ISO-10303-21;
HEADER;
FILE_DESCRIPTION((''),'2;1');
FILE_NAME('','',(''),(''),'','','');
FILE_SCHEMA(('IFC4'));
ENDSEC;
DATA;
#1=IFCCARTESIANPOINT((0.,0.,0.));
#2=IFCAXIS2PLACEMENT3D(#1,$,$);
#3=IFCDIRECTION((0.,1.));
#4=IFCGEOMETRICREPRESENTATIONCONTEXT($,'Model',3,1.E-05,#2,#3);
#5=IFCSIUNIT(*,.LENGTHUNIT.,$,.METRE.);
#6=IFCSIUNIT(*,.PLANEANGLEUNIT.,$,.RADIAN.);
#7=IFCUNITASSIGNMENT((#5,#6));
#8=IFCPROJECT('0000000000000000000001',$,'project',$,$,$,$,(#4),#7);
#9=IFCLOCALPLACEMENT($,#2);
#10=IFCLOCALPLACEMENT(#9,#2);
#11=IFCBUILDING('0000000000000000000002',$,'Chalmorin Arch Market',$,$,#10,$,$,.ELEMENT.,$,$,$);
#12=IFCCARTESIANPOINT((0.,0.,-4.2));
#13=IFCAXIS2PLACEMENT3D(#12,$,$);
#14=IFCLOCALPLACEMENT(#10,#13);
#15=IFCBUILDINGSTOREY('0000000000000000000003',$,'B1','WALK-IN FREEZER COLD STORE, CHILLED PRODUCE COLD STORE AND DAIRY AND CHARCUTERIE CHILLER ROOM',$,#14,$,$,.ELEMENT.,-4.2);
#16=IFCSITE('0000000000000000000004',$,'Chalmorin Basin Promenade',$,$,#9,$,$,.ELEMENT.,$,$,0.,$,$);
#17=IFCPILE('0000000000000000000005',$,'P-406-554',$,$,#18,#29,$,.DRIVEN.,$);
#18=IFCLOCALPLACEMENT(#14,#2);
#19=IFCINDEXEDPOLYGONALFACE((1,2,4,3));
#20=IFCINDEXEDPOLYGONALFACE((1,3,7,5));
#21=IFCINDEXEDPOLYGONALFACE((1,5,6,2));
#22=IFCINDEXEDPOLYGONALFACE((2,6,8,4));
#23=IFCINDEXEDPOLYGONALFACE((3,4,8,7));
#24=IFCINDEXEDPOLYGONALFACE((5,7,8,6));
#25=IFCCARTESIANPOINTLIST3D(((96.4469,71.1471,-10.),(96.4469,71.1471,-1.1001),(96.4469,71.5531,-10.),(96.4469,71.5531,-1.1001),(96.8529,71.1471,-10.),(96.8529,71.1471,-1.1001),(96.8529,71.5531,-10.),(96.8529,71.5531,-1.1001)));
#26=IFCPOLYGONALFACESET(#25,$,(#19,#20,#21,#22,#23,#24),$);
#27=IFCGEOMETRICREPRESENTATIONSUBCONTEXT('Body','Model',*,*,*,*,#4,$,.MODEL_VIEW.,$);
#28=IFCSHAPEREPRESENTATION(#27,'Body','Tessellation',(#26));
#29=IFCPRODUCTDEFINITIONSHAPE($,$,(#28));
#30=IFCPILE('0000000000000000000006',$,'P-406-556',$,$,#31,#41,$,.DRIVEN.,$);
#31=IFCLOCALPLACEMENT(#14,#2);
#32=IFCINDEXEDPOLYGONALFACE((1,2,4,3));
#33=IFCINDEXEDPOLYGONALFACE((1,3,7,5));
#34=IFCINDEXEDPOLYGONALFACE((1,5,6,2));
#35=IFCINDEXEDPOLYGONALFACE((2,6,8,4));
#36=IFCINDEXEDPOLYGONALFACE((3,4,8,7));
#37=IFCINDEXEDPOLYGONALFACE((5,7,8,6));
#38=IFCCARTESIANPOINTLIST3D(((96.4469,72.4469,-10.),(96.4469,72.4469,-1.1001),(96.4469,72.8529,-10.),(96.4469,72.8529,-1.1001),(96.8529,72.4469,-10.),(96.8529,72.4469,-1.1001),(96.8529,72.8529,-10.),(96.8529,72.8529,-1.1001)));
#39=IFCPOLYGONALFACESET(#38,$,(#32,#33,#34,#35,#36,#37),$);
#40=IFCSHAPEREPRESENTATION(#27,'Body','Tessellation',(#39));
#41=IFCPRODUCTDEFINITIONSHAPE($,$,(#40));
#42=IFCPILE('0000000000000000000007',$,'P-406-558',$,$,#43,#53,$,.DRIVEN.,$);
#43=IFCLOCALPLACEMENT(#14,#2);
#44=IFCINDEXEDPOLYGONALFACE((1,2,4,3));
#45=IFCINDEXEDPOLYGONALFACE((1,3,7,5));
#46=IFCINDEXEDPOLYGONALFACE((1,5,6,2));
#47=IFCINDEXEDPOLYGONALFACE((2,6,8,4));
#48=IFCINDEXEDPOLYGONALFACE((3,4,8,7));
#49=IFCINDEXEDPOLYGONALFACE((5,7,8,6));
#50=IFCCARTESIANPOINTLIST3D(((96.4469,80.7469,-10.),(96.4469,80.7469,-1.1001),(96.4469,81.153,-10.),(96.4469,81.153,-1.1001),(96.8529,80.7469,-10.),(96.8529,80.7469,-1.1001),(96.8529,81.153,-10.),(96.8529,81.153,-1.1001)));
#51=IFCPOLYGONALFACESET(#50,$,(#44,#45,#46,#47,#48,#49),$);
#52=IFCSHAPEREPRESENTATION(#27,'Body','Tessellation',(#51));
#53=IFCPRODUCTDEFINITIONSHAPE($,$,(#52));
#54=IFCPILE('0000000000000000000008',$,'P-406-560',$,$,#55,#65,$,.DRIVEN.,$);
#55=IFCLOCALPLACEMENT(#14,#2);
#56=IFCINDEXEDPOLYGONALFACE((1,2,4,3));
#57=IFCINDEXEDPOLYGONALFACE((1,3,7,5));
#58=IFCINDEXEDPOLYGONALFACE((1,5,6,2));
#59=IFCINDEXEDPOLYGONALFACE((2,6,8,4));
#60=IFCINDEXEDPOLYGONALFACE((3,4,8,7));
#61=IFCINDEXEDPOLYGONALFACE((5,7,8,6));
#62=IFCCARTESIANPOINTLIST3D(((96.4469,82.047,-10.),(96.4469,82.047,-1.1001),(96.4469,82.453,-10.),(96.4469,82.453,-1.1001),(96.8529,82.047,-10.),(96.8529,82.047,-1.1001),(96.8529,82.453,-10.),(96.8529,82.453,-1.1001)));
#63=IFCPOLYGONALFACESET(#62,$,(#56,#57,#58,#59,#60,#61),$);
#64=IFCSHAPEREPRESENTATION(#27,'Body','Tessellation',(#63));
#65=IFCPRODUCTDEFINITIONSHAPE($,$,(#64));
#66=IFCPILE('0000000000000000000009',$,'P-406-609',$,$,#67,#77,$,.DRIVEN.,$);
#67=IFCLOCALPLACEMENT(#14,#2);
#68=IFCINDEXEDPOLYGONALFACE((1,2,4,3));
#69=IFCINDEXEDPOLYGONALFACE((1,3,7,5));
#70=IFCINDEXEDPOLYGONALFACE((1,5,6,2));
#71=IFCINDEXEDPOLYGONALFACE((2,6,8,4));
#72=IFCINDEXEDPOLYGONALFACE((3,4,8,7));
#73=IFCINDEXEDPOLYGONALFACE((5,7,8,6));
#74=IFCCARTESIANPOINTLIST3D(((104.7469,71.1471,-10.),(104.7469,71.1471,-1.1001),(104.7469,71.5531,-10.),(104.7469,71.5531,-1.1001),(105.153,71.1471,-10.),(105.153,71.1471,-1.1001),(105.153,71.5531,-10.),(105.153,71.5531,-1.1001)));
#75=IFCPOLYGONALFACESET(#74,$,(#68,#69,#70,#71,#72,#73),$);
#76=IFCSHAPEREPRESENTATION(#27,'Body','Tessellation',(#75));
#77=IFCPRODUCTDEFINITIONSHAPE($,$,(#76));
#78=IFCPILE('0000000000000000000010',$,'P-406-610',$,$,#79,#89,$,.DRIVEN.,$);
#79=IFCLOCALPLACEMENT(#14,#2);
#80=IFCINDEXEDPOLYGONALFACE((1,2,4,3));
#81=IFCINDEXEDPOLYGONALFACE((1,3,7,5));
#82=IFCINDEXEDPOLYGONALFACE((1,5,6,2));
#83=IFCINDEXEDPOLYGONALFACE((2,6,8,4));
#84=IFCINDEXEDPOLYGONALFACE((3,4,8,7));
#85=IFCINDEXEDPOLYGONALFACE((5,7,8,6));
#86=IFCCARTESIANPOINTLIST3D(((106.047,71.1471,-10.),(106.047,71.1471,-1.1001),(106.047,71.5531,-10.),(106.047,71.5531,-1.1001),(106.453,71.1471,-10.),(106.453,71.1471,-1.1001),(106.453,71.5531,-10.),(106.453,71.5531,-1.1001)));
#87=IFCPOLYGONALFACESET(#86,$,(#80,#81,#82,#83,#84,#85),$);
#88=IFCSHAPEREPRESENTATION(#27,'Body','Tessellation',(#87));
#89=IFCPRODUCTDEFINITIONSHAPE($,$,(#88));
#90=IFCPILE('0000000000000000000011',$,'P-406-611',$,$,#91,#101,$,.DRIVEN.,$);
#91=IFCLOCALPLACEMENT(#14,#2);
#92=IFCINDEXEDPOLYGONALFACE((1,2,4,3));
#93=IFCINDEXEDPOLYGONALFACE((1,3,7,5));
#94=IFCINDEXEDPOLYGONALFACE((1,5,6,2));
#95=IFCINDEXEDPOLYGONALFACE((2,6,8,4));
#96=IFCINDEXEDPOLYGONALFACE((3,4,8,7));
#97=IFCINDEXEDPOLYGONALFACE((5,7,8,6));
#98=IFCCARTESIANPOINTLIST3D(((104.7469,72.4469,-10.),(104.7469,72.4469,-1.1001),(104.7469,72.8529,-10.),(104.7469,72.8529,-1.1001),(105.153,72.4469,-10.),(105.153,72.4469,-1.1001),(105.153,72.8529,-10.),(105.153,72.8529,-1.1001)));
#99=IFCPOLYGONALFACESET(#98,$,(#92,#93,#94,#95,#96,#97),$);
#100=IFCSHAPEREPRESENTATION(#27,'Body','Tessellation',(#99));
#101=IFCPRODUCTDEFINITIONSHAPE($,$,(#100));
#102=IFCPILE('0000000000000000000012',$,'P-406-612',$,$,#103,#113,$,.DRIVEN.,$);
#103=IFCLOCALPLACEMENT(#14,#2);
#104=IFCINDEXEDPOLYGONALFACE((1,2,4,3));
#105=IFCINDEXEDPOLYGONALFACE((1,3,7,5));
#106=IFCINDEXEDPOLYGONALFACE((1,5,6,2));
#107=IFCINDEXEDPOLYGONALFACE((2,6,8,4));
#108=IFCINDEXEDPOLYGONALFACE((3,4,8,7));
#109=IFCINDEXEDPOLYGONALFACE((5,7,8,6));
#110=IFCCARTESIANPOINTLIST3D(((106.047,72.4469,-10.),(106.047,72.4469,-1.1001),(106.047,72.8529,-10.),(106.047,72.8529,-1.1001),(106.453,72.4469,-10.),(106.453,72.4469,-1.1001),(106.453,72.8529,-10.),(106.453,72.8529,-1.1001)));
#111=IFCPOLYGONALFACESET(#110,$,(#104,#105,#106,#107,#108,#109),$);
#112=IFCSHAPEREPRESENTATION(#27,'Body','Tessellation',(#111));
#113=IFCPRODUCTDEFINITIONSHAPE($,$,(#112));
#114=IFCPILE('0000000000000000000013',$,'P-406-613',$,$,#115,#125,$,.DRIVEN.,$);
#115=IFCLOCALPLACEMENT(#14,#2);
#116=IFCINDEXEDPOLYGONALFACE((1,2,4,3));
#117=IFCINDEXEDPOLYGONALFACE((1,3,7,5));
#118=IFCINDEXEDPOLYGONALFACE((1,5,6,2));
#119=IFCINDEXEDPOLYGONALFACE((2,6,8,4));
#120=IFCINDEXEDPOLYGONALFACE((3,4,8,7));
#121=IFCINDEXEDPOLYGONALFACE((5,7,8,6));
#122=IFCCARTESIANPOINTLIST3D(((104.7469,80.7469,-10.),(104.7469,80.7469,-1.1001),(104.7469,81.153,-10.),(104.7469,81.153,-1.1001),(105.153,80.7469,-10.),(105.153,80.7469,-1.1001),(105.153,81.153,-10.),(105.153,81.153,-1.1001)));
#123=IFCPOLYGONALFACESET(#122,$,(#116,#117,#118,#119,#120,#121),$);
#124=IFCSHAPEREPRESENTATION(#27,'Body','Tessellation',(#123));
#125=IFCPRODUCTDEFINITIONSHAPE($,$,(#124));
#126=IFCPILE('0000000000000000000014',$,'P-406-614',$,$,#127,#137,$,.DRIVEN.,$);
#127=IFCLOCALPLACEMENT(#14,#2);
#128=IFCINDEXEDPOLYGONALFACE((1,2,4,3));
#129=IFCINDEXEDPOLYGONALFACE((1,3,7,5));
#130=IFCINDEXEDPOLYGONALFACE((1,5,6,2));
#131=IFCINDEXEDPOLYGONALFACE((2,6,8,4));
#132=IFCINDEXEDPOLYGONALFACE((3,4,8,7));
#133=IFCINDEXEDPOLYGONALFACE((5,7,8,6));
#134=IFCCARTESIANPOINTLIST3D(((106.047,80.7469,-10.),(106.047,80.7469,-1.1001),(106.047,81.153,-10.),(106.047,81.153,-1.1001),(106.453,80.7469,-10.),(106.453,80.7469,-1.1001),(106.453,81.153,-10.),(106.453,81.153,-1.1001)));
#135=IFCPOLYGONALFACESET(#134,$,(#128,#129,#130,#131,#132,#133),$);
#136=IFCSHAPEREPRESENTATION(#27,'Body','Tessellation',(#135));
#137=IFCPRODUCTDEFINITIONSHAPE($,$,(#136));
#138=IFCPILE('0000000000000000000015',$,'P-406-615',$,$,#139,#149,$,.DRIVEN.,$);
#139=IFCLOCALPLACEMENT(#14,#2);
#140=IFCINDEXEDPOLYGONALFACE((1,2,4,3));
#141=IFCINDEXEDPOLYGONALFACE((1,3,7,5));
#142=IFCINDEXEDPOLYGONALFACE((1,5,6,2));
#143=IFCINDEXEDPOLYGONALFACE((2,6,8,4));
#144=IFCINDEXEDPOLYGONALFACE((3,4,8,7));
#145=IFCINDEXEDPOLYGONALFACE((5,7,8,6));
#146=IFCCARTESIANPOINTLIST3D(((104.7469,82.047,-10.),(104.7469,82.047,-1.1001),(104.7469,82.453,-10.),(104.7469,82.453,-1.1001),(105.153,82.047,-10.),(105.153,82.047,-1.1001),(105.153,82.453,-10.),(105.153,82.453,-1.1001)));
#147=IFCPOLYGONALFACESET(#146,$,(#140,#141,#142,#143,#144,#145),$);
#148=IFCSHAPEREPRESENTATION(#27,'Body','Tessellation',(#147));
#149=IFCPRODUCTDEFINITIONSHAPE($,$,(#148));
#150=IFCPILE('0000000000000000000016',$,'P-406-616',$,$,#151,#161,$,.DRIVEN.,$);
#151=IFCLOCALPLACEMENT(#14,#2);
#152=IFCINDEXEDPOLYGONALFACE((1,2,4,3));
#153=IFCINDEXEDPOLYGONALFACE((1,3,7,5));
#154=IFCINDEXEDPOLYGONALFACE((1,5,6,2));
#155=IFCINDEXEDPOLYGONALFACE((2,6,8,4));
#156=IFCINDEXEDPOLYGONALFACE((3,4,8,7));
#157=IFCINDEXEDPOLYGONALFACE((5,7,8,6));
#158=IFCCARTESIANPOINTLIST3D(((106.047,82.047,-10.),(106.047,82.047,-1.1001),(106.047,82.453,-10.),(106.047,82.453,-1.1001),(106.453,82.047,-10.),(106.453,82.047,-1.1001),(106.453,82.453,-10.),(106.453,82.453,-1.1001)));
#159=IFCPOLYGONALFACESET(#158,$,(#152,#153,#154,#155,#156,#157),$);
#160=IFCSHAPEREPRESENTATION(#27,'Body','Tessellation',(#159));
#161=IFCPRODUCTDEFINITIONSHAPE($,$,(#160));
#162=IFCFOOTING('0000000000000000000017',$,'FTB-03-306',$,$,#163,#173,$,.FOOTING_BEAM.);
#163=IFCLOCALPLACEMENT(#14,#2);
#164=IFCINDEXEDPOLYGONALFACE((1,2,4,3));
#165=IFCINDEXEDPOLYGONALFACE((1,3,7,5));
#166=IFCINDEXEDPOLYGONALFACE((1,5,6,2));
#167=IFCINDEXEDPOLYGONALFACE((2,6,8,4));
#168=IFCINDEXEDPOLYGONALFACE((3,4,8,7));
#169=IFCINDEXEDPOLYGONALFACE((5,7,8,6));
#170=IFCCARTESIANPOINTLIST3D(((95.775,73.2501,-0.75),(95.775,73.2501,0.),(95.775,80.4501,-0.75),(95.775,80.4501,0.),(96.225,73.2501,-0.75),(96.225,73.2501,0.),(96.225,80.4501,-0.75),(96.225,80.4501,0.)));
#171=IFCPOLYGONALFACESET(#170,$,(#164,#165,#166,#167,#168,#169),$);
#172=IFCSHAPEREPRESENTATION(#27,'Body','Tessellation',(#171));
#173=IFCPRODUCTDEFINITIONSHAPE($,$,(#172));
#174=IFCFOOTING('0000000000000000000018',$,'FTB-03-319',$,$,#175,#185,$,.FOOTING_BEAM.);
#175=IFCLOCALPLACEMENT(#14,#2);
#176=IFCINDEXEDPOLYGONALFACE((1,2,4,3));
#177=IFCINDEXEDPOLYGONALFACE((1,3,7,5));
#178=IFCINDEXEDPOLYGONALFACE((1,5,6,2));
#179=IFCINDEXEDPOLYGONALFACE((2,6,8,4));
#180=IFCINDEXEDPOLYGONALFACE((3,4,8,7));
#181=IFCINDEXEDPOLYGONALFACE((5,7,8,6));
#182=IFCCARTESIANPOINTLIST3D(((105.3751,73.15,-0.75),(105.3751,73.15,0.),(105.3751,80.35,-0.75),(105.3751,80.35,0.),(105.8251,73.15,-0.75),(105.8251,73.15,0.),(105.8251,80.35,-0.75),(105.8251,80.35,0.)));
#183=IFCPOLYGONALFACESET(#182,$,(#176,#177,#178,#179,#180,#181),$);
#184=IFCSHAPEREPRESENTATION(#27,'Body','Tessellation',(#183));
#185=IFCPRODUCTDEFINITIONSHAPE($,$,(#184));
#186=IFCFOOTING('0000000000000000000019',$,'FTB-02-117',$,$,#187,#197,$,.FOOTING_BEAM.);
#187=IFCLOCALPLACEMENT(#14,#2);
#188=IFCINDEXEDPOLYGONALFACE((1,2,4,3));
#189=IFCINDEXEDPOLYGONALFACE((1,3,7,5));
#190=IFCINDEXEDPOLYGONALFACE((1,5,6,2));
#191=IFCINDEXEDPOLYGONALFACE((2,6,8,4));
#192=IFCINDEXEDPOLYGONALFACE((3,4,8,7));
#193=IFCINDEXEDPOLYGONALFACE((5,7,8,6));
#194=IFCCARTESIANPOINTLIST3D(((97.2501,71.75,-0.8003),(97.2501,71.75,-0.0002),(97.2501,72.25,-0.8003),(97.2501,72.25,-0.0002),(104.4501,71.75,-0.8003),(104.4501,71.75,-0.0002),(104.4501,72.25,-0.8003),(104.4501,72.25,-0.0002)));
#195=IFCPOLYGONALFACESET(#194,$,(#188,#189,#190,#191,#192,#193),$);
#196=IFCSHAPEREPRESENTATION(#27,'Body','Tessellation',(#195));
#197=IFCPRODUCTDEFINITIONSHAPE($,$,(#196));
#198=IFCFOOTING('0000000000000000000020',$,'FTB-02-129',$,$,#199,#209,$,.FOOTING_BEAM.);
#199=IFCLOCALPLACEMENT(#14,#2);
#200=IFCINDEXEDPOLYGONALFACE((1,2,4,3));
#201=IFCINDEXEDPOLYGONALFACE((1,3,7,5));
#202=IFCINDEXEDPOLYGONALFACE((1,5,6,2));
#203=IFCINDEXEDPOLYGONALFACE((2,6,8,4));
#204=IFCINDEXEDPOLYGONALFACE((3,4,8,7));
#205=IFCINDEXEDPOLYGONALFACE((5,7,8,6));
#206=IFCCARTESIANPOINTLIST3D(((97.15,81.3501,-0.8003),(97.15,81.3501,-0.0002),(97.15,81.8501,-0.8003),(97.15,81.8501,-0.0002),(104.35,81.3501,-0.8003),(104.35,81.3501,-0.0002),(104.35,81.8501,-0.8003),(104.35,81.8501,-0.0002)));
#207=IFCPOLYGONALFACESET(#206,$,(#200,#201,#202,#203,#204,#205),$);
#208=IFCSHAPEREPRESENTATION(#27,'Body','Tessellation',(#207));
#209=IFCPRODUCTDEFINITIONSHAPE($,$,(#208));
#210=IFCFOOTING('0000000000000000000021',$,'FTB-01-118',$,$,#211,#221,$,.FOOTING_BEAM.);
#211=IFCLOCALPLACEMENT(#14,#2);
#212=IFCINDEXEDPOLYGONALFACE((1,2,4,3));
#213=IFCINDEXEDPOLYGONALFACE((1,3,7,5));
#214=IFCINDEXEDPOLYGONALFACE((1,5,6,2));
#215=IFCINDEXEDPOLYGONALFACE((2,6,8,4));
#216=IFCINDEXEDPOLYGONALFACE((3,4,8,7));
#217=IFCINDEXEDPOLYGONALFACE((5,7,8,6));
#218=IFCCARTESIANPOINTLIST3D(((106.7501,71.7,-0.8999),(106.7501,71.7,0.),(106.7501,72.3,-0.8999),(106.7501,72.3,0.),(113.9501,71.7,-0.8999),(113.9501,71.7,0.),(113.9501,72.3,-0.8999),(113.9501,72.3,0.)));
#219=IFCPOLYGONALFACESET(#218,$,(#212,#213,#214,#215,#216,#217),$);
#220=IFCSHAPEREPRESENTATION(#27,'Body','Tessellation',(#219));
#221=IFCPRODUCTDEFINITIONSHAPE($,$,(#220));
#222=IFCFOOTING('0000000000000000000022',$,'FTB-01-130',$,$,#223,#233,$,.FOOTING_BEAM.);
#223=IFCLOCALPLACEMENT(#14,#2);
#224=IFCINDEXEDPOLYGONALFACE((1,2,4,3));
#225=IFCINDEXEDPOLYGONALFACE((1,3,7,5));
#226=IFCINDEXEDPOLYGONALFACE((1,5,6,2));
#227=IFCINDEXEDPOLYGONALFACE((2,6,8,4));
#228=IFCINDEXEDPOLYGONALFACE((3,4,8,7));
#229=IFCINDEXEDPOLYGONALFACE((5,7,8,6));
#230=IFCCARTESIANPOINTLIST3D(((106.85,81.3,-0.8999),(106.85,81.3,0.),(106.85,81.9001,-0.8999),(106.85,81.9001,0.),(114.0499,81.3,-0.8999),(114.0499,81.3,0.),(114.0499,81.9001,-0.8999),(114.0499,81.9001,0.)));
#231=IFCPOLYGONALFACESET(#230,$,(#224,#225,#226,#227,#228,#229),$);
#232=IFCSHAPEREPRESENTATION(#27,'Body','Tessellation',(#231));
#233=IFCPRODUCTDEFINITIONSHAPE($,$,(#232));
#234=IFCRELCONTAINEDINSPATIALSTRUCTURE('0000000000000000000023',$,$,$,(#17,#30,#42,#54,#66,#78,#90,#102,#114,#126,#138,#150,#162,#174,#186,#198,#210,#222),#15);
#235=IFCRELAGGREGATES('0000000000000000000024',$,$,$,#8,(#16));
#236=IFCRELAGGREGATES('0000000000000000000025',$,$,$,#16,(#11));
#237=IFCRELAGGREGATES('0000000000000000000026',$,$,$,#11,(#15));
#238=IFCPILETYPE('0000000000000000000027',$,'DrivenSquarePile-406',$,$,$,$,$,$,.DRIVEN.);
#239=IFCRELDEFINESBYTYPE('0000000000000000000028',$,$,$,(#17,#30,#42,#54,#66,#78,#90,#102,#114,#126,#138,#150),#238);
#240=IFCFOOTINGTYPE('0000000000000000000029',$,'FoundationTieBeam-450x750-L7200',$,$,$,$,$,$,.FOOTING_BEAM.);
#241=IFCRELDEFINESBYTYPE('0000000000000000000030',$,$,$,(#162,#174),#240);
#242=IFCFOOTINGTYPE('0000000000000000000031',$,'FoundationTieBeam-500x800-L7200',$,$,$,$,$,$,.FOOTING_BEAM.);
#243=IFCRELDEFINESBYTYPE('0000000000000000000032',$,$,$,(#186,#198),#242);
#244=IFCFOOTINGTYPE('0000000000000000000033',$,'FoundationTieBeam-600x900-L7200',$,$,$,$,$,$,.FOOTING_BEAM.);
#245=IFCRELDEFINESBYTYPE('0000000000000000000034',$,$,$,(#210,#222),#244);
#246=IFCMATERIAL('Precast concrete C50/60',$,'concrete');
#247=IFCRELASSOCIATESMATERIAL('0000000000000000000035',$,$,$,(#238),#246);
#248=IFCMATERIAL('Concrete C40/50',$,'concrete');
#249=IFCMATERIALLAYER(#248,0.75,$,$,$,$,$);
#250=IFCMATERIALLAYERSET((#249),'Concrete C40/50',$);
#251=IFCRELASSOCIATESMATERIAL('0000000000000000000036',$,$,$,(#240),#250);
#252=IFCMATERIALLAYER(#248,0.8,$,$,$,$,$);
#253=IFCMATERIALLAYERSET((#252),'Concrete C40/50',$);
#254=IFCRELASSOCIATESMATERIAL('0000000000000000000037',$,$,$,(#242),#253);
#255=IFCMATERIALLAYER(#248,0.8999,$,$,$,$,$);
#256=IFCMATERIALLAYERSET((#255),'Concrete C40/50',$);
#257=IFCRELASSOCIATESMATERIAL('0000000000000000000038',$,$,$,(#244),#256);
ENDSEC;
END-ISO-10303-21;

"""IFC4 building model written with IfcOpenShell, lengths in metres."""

from ifc_helpers import new_model, si_unit, direction, frame, origin, origin_2d, place, context, subcontext, project, spatial, rectangle, extrude, material, layer, layer_set, material_profile, profile_set, type_object, element, save


model = new_model("IFC4")

# Units and contexts
model_context = context("Model", 3, precision=1e-05, world=origin(), true_north=direction((0.0, 1.0)))
body_context = subcontext(model_context, "Body", "Model", "MODEL_VIEW")
ifc_project = project(units=[si_unit("LENGTHUNIT", "METRE"), si_unit("PLANEANGLEUNIT", "RADIAN")], contexts=[model_context])

# Site, building, storey
site_placement = place(None, origin())
site = spatial("IfcSite", under=ifc_project, at=site_placement, Name="Chalmorin Basin Promenade", CompositionType="ELEMENT", RefElevation=0.0)
building_placement = place(site_placement, origin())
building = spatial("IfcBuilding", under=site, at=building_placement, Name="Chalmorin Arch Market", CompositionType="ELEMENT")
storey_placement = place(building_placement, frame((0.0, 0.0, -4.2)))
storey = spatial("IfcBuildingStorey", under=building, at=storey_placement, Name="B1", Description="WALK-IN FREEZER COLD STORE, CHILLED PRODUCE COLD STORE AND DAIRY AND CHARCUTERIE CHILLER ROOM", CompositionType="ELEMENT", Elevation=-4.2)

# Piles
ifc_material_1 = material(Name="Precast concrete C50/60", Category="concrete")
ifc_material_profile_1 = material_profile(ifc_material_1, rectangle(XDim=0.406, YDim=0.406, at=origin_2d()), Name="PPC406")
ifc_profile_set_1 = profile_set([ifc_material_profile_1], Name="Precast concrete C50/60")
pile_type = type_object("IfcPileType", Name="DrivenSquarePile-406", PredefinedType="DRIVEN", material=ifc_profile_set_1)
for number, where, z_axis, x_axis, name in (
    (1, (96.6499, 71.3501, -1.1001), (0.0, 0.0, -1.0), (1.0, 0.0, 0.0), "P-406-554"),
    (2, (96.6499, 72.6499, -1.1001), (0.0, 0.0, -1.0), (1.0, 0.0, 0.0), "P-406-556"),
    (3, (96.6499, 80.95, -1.1001), (0.0, 0.0, -1.0), (1.0, 0.0, 0.0), "P-406-558"),
    (4, (96.6499, 82.25, -1.1001), (0.0, 0.0, -1.0), (1.0, 0.0, 0.0), "P-406-560"),
    (5, (104.95, 71.3501, -1.1001), (0.0, 0.0, -1.0), (1.0, 0.0, 0.0), "P-406-609"),
    (6, (106.25, 71.3501, -1.1001), (0.0, 0.0, -1.0), (1.0, 0.0, 0.0), "P-406-610"),
    (7, (104.95, 72.6499, -1.1001), (0.0, 0.0, -1.0), (1.0, 0.0, 0.0), "P-406-611"),
    (8, (106.25, 72.6499, -1.1001), (0.0, 0.0, -1.0), (1.0, 0.0, 0.0), "P-406-612"),
    (9, (104.95, 80.95, -1.1001), (0.0, 0.0, -1.0), (1.0, 0.0, 0.0), "P-406-613"),
    (10, (106.25, 80.95, -1.1001), (0.0, 0.0, -1.0), (1.0, 0.0, 0.0), "P-406-614"),
    (11, (104.95, 82.25, -1.1001), (0.0, 0.0, -1.0), (1.0, 0.0, 0.0), "P-406-615"),
    (12, (106.25, 82.25, -1.1001), (0.0, 0.0, -1.0), (1.0, 0.0, 0.0), "P-406-616"),
):
    element("IfcPile", number, at=place(storey_placement, frame(where, z_axis=z_axis, x_axis=x_axis)), inside=storey, type_object=pile_type, Name=name, PredefinedType="DRIVEN", context=body_context, shape_type="SweptSolid", body=[
        extrude(rectangle(XDim=0.406, YDim=0.406, at=origin_2d()), origin(), (0.0, 0.0, 1.0), 8.8999),
    ])

# Footings
ifc_material_2 = material(Name="Concrete C40/50", Category="concrete")
ifc_layer_1 = layer(ifc_material_2, 0.75)
ifc_layer_set_1 = layer_set([ifc_layer_1], Name="Concrete C40/50")
footing_type_1 = type_object("IfcFootingType", Name="FoundationTieBeam-450x750-L7200", PredefinedType="FOOTING_BEAM", material=ifc_layer_set_1)
for number, where, z_axis, x_axis, name in (
    (13, (96.0, 76.8501, -0.75), (0.0, 0.0, 1.0), (0.0, 1.0, 0.0), "FTB-03-306"),
    (14, (105.6001, 76.75, -0.75), (0.0, 0.0, 1.0), (0.0, 1.0, 0.0), "FTB-03-319"),
):
    element("IfcFooting", number, at=place(storey_placement, frame(where, z_axis=z_axis, x_axis=x_axis)), inside=storey, type_object=footing_type_1, Name=name, PredefinedType="FOOTING_BEAM", context=body_context, shape_type="SweptSolid", body=[
        extrude(rectangle(XDim=7.2, YDim=0.45, at=origin_2d()), origin(), (0.0, 0.0, 1.0), 0.75),
    ])
ifc_layer_2 = layer(ifc_material_2, 0.8)
ifc_layer_set_2 = layer_set([ifc_layer_2], Name="Concrete C40/50")
footing_type_2 = type_object("IfcFootingType", Name="FoundationTieBeam-500x800-L7200", PredefinedType="FOOTING_BEAM", material=ifc_layer_set_2)
for number, where, z_axis, x_axis, name in (
    (15, (100.8501, 72.0, -0.8003), (0.0, 0.0, 1.0), (1.0, 0.0, 0.0), "FTB-02-117"),
    (16, (100.75, 81.6001, -0.8003), (0.0, 0.0, 1.0), (1.0, 0.0, 0.0), "FTB-02-129"),
):
    element("IfcFooting", number, at=place(storey_placement, frame(where, z_axis=z_axis, x_axis=x_axis)), inside=storey, type_object=footing_type_2, Name=name, PredefinedType="FOOTING_BEAM", context=body_context, shape_type="SweptSolid", body=[
        extrude(rectangle(XDim=7.2, YDim=0.5, at=origin_2d()), origin(), (0.0, 0.0, 1.0), 0.8),
    ])
ifc_layer_3 = layer(ifc_material_2, 0.8999)
ifc_layer_set_3 = layer_set([ifc_layer_3], Name="Concrete C40/50")
footing_type_3 = type_object("IfcFootingType", Name="FoundationTieBeam-600x900-L7200", PredefinedType="FOOTING_BEAM", material=ifc_layer_set_3)
for number, where, z_axis, x_axis, name in (
    (17, (110.3501, 72.0, -0.8999), (0.0, 0.0, 1.0), (1.0, 0.0, 0.0), "FTB-01-118"),
    (18, (110.45, 81.6001, -0.8999), (0.0, 0.0, 1.0), (1.0, 0.0, 0.0), "FTB-01-130"),
):
    element("IfcFooting", number, at=place(storey_placement, frame(where, z_axis=z_axis, x_axis=x_axis)), inside=storey, type_object=footing_type_3, Name=name, PredefinedType="FOOTING_BEAM", context=body_context, shape_type="SweptSolid", body=[
        extrude(rectangle(XDim=7.2, YDim=0.6001, at=origin_2d()), origin(), (0.0, 0.0, 1.0), 0.8999),
    ])

save(model, "model.ifc")
